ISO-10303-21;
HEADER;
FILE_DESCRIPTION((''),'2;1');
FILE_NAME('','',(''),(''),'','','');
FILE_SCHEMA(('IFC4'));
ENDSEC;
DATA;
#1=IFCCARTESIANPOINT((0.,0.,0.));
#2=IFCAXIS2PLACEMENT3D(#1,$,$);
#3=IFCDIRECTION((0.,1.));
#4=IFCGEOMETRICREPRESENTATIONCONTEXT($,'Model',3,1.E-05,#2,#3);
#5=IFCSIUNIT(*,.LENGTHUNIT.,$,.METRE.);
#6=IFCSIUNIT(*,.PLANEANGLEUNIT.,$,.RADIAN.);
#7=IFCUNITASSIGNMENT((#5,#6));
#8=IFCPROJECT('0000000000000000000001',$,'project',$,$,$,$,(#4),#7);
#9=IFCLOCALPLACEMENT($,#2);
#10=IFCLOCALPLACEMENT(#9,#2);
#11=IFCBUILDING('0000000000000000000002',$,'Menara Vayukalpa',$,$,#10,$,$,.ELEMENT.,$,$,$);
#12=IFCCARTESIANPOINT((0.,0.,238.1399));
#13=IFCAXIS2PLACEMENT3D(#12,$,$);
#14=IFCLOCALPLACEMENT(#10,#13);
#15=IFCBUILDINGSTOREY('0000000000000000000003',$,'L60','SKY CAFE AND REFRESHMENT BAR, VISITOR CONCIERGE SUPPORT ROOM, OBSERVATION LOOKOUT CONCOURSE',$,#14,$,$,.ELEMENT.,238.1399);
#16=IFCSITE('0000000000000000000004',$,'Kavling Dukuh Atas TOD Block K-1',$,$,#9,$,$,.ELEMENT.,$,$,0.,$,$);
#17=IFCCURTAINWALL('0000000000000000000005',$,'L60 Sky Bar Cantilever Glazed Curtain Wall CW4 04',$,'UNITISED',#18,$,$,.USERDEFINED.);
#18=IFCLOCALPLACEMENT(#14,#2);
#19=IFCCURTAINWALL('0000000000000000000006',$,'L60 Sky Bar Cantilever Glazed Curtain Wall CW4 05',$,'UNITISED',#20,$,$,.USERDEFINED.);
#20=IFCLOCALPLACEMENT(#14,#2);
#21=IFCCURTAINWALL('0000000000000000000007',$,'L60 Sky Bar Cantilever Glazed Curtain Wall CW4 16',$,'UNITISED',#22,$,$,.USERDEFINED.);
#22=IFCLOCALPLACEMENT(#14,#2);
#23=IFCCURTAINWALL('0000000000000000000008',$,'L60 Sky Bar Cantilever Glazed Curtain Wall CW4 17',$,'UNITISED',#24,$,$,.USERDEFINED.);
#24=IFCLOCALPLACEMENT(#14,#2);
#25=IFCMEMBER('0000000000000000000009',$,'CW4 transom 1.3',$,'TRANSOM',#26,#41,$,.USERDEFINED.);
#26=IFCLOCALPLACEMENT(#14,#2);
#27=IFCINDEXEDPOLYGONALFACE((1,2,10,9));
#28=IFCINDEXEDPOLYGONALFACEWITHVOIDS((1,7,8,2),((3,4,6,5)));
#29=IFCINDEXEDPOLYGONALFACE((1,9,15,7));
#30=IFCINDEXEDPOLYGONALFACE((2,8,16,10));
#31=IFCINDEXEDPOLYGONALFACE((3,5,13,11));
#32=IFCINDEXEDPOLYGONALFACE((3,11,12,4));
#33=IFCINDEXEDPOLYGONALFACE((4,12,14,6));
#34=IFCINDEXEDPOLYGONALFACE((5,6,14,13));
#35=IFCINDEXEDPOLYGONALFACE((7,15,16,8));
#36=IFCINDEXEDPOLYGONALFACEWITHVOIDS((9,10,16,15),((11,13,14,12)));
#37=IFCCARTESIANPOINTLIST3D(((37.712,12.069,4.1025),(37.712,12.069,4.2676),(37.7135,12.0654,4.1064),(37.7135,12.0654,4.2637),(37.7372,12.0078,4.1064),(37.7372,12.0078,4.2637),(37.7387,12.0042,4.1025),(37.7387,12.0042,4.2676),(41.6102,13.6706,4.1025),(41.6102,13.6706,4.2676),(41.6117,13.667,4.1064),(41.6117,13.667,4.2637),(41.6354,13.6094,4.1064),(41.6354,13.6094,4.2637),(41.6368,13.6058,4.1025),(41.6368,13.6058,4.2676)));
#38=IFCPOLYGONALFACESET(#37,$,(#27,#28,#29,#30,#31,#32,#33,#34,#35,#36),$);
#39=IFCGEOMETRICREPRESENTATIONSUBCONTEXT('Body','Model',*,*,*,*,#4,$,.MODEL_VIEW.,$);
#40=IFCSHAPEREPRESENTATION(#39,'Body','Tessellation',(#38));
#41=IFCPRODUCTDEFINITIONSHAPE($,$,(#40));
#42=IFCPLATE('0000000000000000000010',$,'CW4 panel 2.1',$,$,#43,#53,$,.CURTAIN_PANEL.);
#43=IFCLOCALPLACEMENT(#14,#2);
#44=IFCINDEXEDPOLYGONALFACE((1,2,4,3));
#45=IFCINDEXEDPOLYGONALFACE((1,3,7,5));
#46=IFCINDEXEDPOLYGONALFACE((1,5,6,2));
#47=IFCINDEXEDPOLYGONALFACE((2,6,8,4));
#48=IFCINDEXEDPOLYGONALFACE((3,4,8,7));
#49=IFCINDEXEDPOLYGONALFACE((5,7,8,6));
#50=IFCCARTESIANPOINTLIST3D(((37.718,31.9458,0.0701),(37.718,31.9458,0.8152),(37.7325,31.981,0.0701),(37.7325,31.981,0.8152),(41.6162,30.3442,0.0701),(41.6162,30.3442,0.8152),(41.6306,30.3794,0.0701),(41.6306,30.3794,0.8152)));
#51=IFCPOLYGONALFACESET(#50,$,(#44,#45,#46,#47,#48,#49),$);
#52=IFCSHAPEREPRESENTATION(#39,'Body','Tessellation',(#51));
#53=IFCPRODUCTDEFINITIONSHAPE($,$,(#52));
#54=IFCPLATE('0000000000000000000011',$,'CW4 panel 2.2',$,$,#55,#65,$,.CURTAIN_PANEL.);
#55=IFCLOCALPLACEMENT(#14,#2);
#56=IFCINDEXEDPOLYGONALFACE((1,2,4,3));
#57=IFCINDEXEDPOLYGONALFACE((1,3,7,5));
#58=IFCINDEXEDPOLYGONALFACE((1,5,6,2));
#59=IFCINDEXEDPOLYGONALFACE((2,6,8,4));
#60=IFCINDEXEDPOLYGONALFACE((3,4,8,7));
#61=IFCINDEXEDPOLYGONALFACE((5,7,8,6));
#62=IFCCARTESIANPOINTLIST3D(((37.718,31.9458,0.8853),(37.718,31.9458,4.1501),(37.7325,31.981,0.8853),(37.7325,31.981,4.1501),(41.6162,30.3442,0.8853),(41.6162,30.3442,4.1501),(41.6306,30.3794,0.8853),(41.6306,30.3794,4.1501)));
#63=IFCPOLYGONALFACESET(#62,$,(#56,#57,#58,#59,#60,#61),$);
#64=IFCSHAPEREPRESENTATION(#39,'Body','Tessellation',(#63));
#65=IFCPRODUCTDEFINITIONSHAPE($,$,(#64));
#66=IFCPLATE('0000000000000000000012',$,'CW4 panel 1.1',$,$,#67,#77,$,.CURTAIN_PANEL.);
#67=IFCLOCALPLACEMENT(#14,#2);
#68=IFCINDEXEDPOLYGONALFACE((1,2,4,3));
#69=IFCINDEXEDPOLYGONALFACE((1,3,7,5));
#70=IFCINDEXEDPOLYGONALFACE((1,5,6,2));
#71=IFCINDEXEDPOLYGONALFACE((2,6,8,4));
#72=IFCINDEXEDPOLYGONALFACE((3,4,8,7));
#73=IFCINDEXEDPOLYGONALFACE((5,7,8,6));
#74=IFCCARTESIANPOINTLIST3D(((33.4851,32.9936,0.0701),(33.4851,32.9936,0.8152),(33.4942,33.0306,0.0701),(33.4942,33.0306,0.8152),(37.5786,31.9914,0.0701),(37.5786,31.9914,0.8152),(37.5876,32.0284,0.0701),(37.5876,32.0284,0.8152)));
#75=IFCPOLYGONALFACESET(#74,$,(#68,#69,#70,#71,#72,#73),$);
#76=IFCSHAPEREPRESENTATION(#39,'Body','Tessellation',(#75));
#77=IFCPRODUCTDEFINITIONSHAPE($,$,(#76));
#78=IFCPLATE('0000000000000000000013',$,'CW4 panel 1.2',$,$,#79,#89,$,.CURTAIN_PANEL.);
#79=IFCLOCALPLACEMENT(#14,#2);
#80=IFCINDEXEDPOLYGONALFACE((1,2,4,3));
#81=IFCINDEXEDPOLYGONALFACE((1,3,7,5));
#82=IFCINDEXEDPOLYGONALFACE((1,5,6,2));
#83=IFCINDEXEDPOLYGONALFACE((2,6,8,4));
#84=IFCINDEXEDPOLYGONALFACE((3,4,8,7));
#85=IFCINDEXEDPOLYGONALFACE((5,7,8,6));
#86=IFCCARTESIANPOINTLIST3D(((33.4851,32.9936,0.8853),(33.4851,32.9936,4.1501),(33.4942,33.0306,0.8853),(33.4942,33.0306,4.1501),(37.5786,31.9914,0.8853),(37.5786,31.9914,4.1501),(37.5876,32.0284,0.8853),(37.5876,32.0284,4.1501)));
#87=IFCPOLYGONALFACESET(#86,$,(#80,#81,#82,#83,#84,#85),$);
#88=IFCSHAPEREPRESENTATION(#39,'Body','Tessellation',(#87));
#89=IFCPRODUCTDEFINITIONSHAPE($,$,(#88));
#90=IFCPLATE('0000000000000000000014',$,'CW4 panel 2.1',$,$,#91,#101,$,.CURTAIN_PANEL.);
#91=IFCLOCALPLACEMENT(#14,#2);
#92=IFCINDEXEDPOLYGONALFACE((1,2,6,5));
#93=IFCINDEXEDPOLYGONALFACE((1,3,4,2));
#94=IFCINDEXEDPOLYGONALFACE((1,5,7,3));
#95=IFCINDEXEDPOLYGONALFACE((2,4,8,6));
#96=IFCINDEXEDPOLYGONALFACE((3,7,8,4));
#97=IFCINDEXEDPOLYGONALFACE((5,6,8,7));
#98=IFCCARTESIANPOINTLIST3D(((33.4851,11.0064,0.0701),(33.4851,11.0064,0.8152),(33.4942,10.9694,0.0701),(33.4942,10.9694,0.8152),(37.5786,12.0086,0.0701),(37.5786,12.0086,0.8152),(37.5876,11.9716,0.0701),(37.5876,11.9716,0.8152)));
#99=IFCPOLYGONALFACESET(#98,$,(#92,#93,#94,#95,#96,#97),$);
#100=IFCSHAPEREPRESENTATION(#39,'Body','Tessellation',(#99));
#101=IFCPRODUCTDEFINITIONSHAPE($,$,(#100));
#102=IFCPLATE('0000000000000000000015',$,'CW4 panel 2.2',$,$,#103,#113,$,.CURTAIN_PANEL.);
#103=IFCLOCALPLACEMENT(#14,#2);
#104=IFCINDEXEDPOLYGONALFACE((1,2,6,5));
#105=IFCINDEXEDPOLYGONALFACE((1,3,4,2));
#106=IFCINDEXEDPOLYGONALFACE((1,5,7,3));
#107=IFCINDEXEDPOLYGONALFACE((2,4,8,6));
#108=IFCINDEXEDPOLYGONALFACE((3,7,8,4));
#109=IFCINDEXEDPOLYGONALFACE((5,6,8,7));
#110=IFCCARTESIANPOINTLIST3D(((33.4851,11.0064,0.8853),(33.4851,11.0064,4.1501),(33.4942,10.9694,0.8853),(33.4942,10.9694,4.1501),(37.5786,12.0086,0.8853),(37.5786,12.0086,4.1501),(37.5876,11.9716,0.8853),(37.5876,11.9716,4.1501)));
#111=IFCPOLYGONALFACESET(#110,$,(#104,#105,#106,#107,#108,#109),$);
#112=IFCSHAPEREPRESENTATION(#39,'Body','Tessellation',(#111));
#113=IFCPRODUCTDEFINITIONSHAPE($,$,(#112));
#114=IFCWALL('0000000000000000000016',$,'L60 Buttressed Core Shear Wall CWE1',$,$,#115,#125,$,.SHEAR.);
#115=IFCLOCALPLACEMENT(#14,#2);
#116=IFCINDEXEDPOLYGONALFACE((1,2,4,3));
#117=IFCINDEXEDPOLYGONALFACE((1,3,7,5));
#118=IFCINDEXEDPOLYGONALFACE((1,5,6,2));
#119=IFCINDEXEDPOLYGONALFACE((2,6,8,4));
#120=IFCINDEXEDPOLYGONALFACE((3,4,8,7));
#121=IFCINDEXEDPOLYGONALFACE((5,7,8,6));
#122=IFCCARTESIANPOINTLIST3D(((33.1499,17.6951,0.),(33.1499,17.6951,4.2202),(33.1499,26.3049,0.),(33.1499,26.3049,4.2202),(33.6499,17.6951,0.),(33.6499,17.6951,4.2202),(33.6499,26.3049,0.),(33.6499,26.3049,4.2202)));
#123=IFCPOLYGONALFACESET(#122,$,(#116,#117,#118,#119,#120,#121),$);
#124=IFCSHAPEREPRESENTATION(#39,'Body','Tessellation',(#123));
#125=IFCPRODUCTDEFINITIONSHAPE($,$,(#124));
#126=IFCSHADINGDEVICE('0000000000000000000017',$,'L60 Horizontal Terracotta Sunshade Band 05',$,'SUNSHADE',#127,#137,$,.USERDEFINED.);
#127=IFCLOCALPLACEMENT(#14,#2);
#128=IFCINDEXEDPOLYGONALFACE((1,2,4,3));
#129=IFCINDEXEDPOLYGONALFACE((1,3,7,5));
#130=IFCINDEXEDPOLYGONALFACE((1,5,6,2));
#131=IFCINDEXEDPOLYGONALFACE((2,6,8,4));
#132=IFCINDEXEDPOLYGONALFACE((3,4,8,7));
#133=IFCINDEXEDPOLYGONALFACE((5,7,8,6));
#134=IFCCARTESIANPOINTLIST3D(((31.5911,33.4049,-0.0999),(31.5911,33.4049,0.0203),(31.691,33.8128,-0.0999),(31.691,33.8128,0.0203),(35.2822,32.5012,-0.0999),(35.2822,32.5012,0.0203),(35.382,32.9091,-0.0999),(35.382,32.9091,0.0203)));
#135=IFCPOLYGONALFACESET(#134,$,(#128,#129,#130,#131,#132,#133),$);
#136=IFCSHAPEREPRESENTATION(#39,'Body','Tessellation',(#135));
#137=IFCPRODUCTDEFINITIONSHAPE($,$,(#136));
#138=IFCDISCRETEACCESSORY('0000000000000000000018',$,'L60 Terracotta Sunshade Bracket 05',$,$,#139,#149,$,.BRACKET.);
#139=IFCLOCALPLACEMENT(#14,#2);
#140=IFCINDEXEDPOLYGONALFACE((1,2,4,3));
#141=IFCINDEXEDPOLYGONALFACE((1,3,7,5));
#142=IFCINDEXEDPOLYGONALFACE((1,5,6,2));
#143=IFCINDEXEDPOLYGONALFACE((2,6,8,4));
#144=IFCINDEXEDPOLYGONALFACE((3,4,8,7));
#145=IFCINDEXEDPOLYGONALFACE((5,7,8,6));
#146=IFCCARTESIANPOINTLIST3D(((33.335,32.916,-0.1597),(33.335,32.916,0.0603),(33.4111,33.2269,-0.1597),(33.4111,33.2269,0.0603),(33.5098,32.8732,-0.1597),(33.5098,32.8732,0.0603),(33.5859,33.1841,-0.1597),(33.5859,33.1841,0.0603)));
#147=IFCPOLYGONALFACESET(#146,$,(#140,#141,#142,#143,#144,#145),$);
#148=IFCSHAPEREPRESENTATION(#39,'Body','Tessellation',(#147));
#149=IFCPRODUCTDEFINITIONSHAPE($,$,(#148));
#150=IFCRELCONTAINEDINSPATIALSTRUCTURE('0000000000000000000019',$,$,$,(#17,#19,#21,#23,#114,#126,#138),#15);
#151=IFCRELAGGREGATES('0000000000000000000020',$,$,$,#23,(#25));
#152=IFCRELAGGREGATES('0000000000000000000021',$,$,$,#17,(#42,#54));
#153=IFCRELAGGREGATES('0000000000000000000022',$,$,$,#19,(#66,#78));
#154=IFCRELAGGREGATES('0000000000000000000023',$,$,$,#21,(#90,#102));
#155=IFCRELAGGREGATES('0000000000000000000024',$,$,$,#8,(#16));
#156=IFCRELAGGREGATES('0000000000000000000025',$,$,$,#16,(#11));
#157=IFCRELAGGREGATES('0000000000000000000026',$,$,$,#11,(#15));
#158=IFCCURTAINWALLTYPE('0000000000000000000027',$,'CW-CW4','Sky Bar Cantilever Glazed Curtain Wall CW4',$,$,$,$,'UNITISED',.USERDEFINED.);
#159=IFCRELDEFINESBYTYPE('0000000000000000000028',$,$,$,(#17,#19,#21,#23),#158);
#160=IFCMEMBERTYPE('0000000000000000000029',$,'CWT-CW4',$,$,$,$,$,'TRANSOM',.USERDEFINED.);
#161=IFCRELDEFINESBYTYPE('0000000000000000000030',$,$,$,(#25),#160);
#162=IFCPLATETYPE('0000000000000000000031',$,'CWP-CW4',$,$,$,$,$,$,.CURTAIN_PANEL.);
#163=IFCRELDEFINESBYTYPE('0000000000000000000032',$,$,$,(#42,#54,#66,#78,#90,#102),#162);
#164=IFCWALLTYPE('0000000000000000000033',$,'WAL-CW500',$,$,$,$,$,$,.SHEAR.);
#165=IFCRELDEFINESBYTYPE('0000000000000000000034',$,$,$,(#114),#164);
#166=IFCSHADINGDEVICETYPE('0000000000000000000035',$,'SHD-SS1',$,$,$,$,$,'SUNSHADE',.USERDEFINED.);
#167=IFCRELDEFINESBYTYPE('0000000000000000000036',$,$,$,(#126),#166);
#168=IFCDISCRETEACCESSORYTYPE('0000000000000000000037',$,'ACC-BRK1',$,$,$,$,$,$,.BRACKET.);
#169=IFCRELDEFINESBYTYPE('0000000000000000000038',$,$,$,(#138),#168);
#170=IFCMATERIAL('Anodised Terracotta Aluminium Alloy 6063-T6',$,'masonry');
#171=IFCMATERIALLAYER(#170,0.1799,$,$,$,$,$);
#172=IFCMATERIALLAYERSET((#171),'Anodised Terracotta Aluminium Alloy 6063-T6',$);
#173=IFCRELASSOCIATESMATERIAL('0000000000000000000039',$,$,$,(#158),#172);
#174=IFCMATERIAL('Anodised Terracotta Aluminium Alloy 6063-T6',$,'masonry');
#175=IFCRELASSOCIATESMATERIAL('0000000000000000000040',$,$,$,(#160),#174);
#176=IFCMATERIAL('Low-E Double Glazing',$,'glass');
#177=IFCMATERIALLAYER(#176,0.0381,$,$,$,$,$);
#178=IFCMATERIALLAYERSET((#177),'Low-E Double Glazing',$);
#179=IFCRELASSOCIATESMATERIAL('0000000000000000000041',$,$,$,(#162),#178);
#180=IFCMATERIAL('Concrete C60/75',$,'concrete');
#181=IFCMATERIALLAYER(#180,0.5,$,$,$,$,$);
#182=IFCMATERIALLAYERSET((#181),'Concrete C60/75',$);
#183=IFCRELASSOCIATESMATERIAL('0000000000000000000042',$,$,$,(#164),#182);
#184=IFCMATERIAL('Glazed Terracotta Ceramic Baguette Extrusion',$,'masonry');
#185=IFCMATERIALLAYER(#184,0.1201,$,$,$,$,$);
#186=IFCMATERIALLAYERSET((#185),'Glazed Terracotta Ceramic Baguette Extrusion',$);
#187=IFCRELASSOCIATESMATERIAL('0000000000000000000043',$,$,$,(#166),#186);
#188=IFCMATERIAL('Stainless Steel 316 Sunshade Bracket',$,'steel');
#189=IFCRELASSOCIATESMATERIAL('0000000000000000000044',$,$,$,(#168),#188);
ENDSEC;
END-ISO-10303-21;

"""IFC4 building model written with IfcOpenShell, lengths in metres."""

from ifc_helpers import new_model, si_unit, direction, frame, frame_2d, origin, origin_2d, place, context, subcontext, project, spatial, rectangle, hollow_rectangle, extrude, material, layer, layer_set, material_profile, profile_set, type_object, element, aggregate, save


model = new_model("IFC4")

# Units and contexts
model_context = context("Model", 3, precision=1e-05, world=origin(), true_north=direction((0.0, 1.0)))
body_context = subcontext(model_context, "Body", "Model", "MODEL_VIEW")
ifc_project = project(units=[si_unit("LENGTHUNIT", "METRE"), si_unit("PLANEANGLEUNIT", "RADIAN")], contexts=[model_context])

# Site, building, storey
site_placement = place(None, origin())
site = spatial("IfcSite", under=ifc_project, at=site_placement, Name="Kavling Dukuh Atas TOD Block K-1", CompositionType="ELEMENT", RefElevation=0.0)
building_placement = place(site_placement, origin())
building = spatial("IfcBuilding", under=site, at=building_placement, Name="Menara Vayukalpa", CompositionType="ELEMENT")
storey_placement = place(building_placement, frame((0.0, 0.0, 238.1399)))
storey = spatial("IfcBuildingStorey", under=building, at=storey_placement, Name="L60", Description="SKY CAFE AND REFRESHMENT BAR, VISITOR CONCIERGE SUPPORT ROOM, OBSERVATION LOOKOUT CONCOURSE", CompositionType="ELEMENT", Elevation=238.1399)

# Curtain wall
ifc_material_1 = material(Name="Anodised Terracotta Aluminium Alloy 6063-T6", Category="masonry")
ifc_layer_1 = layer(ifc_material_1, 0.1799)
ifc_layer_set_1 = layer_set([ifc_layer_1], Name="Anodised Terracotta Aluminium Alloy 6063-T6")
curtain_wall_type = type_object("IfcCurtainWallType", Name="CW-CW4", Description="Sky Bar Cantilever Glazed Curtain Wall CW4", ElementType="UNITISED", PredefinedType="USERDEFINED", material=ifc_layer_set_1)
curtain_wall_1_placement = place(storey_placement, origin())
curtain_wall_1 = element("IfcCurtainWall", 1, at=curtain_wall_1_placement, inside=storey, type_object=curtain_wall_type, Name="L60 Sky Bar Cantilever Glazed Curtain Wall CW4 04", ObjectType="UNITISED", PredefinedType="USERDEFINED")

# Curtain walls
curtain_wall_2_placement = place(storey_placement, origin())
curtain_wall_2 = element("IfcCurtainWall", 2, at=curtain_wall_2_placement, inside=storey, type_object=curtain_wall_type, Name="L60 Sky Bar Cantilever Glazed Curtain Wall CW4 05", ObjectType="UNITISED", PredefinedType="USERDEFINED")
curtain_wall_3_placement = place(storey_placement, origin())
curtain_wall_3 = element("IfcCurtainWall", 3, at=curtain_wall_3_placement, inside=storey, type_object=curtain_wall_type, Name="L60 Sky Bar Cantilever Glazed Curtain Wall CW4 16", ObjectType="UNITISED", PredefinedType="USERDEFINED")

# Curtain wall
curtain_wall_4_placement = place(storey_placement, origin())
curtain_wall_4 = element("IfcCurtainWall", 4, at=curtain_wall_4_placement, inside=storey, type_object=curtain_wall_type, Name="L60 Sky Bar Cantilever Glazed Curtain Wall CW4 17", ObjectType="UNITISED", PredefinedType="USERDEFINED")

# Member
ifc_material_2 = material(Name="Anodised Terracotta Aluminium Alloy 6063-T6", Category="masonry")
ifc_material_profile_1 = material_profile(ifc_material_2, hollow_rectangle(XDim=0.0701, YDim=0.165, WallThickness=0.0039, at=origin_2d()), Name="ALU 70x165x4")
ifc_profile_set_1 = profile_set([ifc_material_profile_1], Name="Anodised Terracotta Aluminium Alloy 6063-T6")
member_type_1 = type_object("IfcMemberType", Name="CWT-CW4", ElementType="TRANSOM", PredefinedType="USERDEFINED", material=ifc_profile_set_1)
member_1_placement = place(storey_placement, frame((37.7253, 12.0366, 4.1851), z_axis=(0.924977, 0.380024, 0.0), x_axis=(-0.380024, 0.924977, 0.0)))
member_1 = element("IfcMember", 5, at=member_1_placement, type_object=member_type_1, Name="CW4 transom 1.3", ObjectType="TRANSOM", PredefinedType="USERDEFINED", context=body_context, shape_type="SweptSolid", body=[
    extrude(hollow_rectangle(XDim=0.0701, YDim=0.165, WallThickness=0.0039, at=origin_2d()), origin(), (0.0, 0.0, 1.0), 4.2144),
])
aggregate(curtain_wall_4, [member_1])

# Plates
ifc_material_3 = material(Name="Low-E Double Glazing", Category="glass")
ifc_layer_2 = layer(ifc_material_3, 0.0381)
ifc_layer_set_2 = layer_set([ifc_layer_2], Name="Low-E Double Glazing")
plate_type = type_object("IfcPlateType", Name="CWP-CW4", PredefinedType="CURTAIN_PANEL", material=ifc_layer_set_2)
plate_1_placement = place(storey_placement, frame((39.6743, 31.1626, 0.0701), z_axis=(0.0, 0.0, 1.0), x_axis=(-0.92497, 0.380039, 0.0)))
plate_1 = element("IfcPlate", 6, at=plate_1_placement, type_object=plate_type, Name="CW4 panel 2.1", PredefinedType="CURTAIN_PANEL", context=body_context, shape_type="SweptSolid", body=[
    extrude(rectangle(XDim=4.2144, YDim=0.0381, at=origin_2d()), origin(), (0.0, 0.0, 1.0), 0.7451),
])
plate_2_placement = place(storey_placement, frame((39.6743, 31.1626, 0.8853), z_axis=(0.0, 0.0, 1.0), x_axis=(-0.92497, 0.380039, 0.0)))
plate_2 = element("IfcPlate", 7, at=plate_2_placement, type_object=plate_type, Name="CW4 panel 2.2", PredefinedType="CURTAIN_PANEL", context=body_context, shape_type="SweptSolid", body=[
    extrude(rectangle(XDim=4.2144, YDim=0.0381, at=origin_2d()), origin(), (0.0, 0.0, 1.0), 3.2649),
])
aggregate(curtain_wall_1, [plate_1, plate_2])
plate_3_placement = place(storey_placement, frame((35.5364, 32.511, 0.0701), z_axis=(0.0, 0.0, 1.0), x_axis=(-0.971312, 0.23781, 0.0)))
plate_3 = element("IfcPlate", 8, at=plate_3_placement, type_object=plate_type, Name="CW4 panel 1.1", PredefinedType="CURTAIN_PANEL", context=body_context, shape_type="SweptSolid", body=[
    extrude(rectangle(XDim=4.2144, YDim=0.0381, at=origin_2d()), origin(), (0.0, 0.0, 1.0), 0.7451),
])
plate_4_placement = place(storey_placement, frame((35.5364, 32.511, 0.8853), z_axis=(0.0, 0.0, 1.0), x_axis=(-0.971312, 0.23781, 0.0)))
plate_4 = element("IfcPlate", 9, at=plate_4_placement, type_object=plate_type, Name="CW4 panel 1.2", PredefinedType="CURTAIN_PANEL", context=body_context, shape_type="SweptSolid", body=[
    extrude(rectangle(XDim=4.2144, YDim=0.0381, at=origin_2d()), origin(), (0.0, 0.0, 1.0), 3.2649),
])
aggregate(curtain_wall_2, [plate_3, plate_4])
plate_5_placement = place(storey_placement, frame((35.5364, 11.489, 0.0701), z_axis=(0.0, 0.0, 1.0), x_axis=(0.971312, 0.23781, 0.0)))
plate_5 = element("IfcPlate", 10, at=plate_5_placement, type_object=plate_type, Name="CW4 panel 2.1", PredefinedType="CURTAIN_PANEL", context=body_context, shape_type="SweptSolid", body=[
    extrude(rectangle(XDim=4.2144, YDim=0.0381, at=origin_2d()), origin(), (0.0, 0.0, 1.0), 0.7451),
])
plate_6_placement = place(storey_placement, frame((35.5364, 11.489, 0.8853), z_axis=(0.0, 0.0, 1.0), x_axis=(0.971312, 0.23781, 0.0)))
plate_6 = element("IfcPlate", 11, at=plate_6_placement, type_object=plate_type, Name="CW4 panel 2.2", PredefinedType="CURTAIN_PANEL", context=body_context, shape_type="SweptSolid", body=[
    extrude(rectangle(XDim=4.2144, YDim=0.0381, at=origin_2d()), origin(), (0.0, 0.0, 1.0), 3.2649),
])
aggregate(curtain_wall_3, [plate_5, plate_6])

# Wall
ifc_material_4 = material(Name="Concrete C60/75", Category="concrete")
ifc_layer_3 = layer(ifc_material_4, 0.5)
ifc_layer_set_3 = layer_set([ifc_layer_3], Name="Concrete C60/75")
wall_type = type_object("IfcWallType", Name="WAL-CW500", PredefinedType="SHEAR", material=ifc_layer_set_3)
wall_placement = place(storey_placement, frame((33.3999, 17.6951, 0.0), z_axis=(0.0, 0.0, 1.0), x_axis=(0.0, 1.0, 0.0)))
element("IfcWall", 12, at=wall_placement, inside=storey, type_object=wall_type, Name="L60 Buttressed Core Shear Wall CWE1", PredefinedType="SHEAR", context=body_context, shape_type="SweptSolid", body=[
    extrude(rectangle(XDim=8.6099, YDim=0.5, at=frame_2d((4.3049, 0.0))), origin(), (0.0, 0.0, 1.0), 4.2202),
])

# Shading device
ifc_material_5 = material(Name="Glazed Terracotta Ceramic Baguette Extrusion", Category="masonry")
ifc_layer_4 = layer(ifc_material_5, 0.1201)
ifc_layer_set_4 = layer_set([ifc_layer_4], Name="Glazed Terracotta Ceramic Baguette Extrusion")
shading_device_type = type_object("IfcShadingDeviceType", Name="SHD-SS1", ElementType="SUNSHADE", PredefinedType="USERDEFINED", material=ifc_layer_set_4)
shading_device_placement = place(storey_placement, frame((33.4866, 33.157, -0.0999), z_axis=(0.0, 0.0, 1.0), x_axis=(-0.971313, 0.237805, 0.0)))
element("IfcShadingDevice", 13, at=shading_device_placement, inside=storey, type_object=shading_device_type, Name="L60 Horizontal Terracotta Sunshade Band 05", ObjectType="SUNSHADE", PredefinedType="USERDEFINED", context=body_context, shape_type="SweptSolid", body=[
    extrude(rectangle(XDim=3.8, YDim=0.4199, at=origin_2d()), origin(), (0.0, 0.0, 1.0), 0.1201),
])

# Discrete accessory
ifc_material_6 = material(Name="Stainless Steel 316 Sunshade Bracket", Category="steel")
discrete_accessory_type = type_object("IfcDiscreteAccessoryType", Name="ACC-BRK1", PredefinedType="BRACKET", material=ifc_material_6)
discrete_accessory_placement = place(storey_placement, frame((33.4604, 33.05, -0.1597), z_axis=(0.0, 0.0, 1.0), x_axis=(-0.971313, 0.237805, 0.0)))
element("IfcDiscreteAccessory", 14, at=discrete_accessory_placement, inside=storey, type_object=discrete_accessory_type, Name="L60 Terracotta Sunshade Bracket 05", PredefinedType="BRACKET", context=body_context, shape_type="SweptSolid", body=[
    extrude(rectangle(XDim=0.1799, YDim=0.3201, at=origin_2d()), origin(), (0.0, 0.0, 1.0), 0.22),
])

save(model, "model.ifc")
